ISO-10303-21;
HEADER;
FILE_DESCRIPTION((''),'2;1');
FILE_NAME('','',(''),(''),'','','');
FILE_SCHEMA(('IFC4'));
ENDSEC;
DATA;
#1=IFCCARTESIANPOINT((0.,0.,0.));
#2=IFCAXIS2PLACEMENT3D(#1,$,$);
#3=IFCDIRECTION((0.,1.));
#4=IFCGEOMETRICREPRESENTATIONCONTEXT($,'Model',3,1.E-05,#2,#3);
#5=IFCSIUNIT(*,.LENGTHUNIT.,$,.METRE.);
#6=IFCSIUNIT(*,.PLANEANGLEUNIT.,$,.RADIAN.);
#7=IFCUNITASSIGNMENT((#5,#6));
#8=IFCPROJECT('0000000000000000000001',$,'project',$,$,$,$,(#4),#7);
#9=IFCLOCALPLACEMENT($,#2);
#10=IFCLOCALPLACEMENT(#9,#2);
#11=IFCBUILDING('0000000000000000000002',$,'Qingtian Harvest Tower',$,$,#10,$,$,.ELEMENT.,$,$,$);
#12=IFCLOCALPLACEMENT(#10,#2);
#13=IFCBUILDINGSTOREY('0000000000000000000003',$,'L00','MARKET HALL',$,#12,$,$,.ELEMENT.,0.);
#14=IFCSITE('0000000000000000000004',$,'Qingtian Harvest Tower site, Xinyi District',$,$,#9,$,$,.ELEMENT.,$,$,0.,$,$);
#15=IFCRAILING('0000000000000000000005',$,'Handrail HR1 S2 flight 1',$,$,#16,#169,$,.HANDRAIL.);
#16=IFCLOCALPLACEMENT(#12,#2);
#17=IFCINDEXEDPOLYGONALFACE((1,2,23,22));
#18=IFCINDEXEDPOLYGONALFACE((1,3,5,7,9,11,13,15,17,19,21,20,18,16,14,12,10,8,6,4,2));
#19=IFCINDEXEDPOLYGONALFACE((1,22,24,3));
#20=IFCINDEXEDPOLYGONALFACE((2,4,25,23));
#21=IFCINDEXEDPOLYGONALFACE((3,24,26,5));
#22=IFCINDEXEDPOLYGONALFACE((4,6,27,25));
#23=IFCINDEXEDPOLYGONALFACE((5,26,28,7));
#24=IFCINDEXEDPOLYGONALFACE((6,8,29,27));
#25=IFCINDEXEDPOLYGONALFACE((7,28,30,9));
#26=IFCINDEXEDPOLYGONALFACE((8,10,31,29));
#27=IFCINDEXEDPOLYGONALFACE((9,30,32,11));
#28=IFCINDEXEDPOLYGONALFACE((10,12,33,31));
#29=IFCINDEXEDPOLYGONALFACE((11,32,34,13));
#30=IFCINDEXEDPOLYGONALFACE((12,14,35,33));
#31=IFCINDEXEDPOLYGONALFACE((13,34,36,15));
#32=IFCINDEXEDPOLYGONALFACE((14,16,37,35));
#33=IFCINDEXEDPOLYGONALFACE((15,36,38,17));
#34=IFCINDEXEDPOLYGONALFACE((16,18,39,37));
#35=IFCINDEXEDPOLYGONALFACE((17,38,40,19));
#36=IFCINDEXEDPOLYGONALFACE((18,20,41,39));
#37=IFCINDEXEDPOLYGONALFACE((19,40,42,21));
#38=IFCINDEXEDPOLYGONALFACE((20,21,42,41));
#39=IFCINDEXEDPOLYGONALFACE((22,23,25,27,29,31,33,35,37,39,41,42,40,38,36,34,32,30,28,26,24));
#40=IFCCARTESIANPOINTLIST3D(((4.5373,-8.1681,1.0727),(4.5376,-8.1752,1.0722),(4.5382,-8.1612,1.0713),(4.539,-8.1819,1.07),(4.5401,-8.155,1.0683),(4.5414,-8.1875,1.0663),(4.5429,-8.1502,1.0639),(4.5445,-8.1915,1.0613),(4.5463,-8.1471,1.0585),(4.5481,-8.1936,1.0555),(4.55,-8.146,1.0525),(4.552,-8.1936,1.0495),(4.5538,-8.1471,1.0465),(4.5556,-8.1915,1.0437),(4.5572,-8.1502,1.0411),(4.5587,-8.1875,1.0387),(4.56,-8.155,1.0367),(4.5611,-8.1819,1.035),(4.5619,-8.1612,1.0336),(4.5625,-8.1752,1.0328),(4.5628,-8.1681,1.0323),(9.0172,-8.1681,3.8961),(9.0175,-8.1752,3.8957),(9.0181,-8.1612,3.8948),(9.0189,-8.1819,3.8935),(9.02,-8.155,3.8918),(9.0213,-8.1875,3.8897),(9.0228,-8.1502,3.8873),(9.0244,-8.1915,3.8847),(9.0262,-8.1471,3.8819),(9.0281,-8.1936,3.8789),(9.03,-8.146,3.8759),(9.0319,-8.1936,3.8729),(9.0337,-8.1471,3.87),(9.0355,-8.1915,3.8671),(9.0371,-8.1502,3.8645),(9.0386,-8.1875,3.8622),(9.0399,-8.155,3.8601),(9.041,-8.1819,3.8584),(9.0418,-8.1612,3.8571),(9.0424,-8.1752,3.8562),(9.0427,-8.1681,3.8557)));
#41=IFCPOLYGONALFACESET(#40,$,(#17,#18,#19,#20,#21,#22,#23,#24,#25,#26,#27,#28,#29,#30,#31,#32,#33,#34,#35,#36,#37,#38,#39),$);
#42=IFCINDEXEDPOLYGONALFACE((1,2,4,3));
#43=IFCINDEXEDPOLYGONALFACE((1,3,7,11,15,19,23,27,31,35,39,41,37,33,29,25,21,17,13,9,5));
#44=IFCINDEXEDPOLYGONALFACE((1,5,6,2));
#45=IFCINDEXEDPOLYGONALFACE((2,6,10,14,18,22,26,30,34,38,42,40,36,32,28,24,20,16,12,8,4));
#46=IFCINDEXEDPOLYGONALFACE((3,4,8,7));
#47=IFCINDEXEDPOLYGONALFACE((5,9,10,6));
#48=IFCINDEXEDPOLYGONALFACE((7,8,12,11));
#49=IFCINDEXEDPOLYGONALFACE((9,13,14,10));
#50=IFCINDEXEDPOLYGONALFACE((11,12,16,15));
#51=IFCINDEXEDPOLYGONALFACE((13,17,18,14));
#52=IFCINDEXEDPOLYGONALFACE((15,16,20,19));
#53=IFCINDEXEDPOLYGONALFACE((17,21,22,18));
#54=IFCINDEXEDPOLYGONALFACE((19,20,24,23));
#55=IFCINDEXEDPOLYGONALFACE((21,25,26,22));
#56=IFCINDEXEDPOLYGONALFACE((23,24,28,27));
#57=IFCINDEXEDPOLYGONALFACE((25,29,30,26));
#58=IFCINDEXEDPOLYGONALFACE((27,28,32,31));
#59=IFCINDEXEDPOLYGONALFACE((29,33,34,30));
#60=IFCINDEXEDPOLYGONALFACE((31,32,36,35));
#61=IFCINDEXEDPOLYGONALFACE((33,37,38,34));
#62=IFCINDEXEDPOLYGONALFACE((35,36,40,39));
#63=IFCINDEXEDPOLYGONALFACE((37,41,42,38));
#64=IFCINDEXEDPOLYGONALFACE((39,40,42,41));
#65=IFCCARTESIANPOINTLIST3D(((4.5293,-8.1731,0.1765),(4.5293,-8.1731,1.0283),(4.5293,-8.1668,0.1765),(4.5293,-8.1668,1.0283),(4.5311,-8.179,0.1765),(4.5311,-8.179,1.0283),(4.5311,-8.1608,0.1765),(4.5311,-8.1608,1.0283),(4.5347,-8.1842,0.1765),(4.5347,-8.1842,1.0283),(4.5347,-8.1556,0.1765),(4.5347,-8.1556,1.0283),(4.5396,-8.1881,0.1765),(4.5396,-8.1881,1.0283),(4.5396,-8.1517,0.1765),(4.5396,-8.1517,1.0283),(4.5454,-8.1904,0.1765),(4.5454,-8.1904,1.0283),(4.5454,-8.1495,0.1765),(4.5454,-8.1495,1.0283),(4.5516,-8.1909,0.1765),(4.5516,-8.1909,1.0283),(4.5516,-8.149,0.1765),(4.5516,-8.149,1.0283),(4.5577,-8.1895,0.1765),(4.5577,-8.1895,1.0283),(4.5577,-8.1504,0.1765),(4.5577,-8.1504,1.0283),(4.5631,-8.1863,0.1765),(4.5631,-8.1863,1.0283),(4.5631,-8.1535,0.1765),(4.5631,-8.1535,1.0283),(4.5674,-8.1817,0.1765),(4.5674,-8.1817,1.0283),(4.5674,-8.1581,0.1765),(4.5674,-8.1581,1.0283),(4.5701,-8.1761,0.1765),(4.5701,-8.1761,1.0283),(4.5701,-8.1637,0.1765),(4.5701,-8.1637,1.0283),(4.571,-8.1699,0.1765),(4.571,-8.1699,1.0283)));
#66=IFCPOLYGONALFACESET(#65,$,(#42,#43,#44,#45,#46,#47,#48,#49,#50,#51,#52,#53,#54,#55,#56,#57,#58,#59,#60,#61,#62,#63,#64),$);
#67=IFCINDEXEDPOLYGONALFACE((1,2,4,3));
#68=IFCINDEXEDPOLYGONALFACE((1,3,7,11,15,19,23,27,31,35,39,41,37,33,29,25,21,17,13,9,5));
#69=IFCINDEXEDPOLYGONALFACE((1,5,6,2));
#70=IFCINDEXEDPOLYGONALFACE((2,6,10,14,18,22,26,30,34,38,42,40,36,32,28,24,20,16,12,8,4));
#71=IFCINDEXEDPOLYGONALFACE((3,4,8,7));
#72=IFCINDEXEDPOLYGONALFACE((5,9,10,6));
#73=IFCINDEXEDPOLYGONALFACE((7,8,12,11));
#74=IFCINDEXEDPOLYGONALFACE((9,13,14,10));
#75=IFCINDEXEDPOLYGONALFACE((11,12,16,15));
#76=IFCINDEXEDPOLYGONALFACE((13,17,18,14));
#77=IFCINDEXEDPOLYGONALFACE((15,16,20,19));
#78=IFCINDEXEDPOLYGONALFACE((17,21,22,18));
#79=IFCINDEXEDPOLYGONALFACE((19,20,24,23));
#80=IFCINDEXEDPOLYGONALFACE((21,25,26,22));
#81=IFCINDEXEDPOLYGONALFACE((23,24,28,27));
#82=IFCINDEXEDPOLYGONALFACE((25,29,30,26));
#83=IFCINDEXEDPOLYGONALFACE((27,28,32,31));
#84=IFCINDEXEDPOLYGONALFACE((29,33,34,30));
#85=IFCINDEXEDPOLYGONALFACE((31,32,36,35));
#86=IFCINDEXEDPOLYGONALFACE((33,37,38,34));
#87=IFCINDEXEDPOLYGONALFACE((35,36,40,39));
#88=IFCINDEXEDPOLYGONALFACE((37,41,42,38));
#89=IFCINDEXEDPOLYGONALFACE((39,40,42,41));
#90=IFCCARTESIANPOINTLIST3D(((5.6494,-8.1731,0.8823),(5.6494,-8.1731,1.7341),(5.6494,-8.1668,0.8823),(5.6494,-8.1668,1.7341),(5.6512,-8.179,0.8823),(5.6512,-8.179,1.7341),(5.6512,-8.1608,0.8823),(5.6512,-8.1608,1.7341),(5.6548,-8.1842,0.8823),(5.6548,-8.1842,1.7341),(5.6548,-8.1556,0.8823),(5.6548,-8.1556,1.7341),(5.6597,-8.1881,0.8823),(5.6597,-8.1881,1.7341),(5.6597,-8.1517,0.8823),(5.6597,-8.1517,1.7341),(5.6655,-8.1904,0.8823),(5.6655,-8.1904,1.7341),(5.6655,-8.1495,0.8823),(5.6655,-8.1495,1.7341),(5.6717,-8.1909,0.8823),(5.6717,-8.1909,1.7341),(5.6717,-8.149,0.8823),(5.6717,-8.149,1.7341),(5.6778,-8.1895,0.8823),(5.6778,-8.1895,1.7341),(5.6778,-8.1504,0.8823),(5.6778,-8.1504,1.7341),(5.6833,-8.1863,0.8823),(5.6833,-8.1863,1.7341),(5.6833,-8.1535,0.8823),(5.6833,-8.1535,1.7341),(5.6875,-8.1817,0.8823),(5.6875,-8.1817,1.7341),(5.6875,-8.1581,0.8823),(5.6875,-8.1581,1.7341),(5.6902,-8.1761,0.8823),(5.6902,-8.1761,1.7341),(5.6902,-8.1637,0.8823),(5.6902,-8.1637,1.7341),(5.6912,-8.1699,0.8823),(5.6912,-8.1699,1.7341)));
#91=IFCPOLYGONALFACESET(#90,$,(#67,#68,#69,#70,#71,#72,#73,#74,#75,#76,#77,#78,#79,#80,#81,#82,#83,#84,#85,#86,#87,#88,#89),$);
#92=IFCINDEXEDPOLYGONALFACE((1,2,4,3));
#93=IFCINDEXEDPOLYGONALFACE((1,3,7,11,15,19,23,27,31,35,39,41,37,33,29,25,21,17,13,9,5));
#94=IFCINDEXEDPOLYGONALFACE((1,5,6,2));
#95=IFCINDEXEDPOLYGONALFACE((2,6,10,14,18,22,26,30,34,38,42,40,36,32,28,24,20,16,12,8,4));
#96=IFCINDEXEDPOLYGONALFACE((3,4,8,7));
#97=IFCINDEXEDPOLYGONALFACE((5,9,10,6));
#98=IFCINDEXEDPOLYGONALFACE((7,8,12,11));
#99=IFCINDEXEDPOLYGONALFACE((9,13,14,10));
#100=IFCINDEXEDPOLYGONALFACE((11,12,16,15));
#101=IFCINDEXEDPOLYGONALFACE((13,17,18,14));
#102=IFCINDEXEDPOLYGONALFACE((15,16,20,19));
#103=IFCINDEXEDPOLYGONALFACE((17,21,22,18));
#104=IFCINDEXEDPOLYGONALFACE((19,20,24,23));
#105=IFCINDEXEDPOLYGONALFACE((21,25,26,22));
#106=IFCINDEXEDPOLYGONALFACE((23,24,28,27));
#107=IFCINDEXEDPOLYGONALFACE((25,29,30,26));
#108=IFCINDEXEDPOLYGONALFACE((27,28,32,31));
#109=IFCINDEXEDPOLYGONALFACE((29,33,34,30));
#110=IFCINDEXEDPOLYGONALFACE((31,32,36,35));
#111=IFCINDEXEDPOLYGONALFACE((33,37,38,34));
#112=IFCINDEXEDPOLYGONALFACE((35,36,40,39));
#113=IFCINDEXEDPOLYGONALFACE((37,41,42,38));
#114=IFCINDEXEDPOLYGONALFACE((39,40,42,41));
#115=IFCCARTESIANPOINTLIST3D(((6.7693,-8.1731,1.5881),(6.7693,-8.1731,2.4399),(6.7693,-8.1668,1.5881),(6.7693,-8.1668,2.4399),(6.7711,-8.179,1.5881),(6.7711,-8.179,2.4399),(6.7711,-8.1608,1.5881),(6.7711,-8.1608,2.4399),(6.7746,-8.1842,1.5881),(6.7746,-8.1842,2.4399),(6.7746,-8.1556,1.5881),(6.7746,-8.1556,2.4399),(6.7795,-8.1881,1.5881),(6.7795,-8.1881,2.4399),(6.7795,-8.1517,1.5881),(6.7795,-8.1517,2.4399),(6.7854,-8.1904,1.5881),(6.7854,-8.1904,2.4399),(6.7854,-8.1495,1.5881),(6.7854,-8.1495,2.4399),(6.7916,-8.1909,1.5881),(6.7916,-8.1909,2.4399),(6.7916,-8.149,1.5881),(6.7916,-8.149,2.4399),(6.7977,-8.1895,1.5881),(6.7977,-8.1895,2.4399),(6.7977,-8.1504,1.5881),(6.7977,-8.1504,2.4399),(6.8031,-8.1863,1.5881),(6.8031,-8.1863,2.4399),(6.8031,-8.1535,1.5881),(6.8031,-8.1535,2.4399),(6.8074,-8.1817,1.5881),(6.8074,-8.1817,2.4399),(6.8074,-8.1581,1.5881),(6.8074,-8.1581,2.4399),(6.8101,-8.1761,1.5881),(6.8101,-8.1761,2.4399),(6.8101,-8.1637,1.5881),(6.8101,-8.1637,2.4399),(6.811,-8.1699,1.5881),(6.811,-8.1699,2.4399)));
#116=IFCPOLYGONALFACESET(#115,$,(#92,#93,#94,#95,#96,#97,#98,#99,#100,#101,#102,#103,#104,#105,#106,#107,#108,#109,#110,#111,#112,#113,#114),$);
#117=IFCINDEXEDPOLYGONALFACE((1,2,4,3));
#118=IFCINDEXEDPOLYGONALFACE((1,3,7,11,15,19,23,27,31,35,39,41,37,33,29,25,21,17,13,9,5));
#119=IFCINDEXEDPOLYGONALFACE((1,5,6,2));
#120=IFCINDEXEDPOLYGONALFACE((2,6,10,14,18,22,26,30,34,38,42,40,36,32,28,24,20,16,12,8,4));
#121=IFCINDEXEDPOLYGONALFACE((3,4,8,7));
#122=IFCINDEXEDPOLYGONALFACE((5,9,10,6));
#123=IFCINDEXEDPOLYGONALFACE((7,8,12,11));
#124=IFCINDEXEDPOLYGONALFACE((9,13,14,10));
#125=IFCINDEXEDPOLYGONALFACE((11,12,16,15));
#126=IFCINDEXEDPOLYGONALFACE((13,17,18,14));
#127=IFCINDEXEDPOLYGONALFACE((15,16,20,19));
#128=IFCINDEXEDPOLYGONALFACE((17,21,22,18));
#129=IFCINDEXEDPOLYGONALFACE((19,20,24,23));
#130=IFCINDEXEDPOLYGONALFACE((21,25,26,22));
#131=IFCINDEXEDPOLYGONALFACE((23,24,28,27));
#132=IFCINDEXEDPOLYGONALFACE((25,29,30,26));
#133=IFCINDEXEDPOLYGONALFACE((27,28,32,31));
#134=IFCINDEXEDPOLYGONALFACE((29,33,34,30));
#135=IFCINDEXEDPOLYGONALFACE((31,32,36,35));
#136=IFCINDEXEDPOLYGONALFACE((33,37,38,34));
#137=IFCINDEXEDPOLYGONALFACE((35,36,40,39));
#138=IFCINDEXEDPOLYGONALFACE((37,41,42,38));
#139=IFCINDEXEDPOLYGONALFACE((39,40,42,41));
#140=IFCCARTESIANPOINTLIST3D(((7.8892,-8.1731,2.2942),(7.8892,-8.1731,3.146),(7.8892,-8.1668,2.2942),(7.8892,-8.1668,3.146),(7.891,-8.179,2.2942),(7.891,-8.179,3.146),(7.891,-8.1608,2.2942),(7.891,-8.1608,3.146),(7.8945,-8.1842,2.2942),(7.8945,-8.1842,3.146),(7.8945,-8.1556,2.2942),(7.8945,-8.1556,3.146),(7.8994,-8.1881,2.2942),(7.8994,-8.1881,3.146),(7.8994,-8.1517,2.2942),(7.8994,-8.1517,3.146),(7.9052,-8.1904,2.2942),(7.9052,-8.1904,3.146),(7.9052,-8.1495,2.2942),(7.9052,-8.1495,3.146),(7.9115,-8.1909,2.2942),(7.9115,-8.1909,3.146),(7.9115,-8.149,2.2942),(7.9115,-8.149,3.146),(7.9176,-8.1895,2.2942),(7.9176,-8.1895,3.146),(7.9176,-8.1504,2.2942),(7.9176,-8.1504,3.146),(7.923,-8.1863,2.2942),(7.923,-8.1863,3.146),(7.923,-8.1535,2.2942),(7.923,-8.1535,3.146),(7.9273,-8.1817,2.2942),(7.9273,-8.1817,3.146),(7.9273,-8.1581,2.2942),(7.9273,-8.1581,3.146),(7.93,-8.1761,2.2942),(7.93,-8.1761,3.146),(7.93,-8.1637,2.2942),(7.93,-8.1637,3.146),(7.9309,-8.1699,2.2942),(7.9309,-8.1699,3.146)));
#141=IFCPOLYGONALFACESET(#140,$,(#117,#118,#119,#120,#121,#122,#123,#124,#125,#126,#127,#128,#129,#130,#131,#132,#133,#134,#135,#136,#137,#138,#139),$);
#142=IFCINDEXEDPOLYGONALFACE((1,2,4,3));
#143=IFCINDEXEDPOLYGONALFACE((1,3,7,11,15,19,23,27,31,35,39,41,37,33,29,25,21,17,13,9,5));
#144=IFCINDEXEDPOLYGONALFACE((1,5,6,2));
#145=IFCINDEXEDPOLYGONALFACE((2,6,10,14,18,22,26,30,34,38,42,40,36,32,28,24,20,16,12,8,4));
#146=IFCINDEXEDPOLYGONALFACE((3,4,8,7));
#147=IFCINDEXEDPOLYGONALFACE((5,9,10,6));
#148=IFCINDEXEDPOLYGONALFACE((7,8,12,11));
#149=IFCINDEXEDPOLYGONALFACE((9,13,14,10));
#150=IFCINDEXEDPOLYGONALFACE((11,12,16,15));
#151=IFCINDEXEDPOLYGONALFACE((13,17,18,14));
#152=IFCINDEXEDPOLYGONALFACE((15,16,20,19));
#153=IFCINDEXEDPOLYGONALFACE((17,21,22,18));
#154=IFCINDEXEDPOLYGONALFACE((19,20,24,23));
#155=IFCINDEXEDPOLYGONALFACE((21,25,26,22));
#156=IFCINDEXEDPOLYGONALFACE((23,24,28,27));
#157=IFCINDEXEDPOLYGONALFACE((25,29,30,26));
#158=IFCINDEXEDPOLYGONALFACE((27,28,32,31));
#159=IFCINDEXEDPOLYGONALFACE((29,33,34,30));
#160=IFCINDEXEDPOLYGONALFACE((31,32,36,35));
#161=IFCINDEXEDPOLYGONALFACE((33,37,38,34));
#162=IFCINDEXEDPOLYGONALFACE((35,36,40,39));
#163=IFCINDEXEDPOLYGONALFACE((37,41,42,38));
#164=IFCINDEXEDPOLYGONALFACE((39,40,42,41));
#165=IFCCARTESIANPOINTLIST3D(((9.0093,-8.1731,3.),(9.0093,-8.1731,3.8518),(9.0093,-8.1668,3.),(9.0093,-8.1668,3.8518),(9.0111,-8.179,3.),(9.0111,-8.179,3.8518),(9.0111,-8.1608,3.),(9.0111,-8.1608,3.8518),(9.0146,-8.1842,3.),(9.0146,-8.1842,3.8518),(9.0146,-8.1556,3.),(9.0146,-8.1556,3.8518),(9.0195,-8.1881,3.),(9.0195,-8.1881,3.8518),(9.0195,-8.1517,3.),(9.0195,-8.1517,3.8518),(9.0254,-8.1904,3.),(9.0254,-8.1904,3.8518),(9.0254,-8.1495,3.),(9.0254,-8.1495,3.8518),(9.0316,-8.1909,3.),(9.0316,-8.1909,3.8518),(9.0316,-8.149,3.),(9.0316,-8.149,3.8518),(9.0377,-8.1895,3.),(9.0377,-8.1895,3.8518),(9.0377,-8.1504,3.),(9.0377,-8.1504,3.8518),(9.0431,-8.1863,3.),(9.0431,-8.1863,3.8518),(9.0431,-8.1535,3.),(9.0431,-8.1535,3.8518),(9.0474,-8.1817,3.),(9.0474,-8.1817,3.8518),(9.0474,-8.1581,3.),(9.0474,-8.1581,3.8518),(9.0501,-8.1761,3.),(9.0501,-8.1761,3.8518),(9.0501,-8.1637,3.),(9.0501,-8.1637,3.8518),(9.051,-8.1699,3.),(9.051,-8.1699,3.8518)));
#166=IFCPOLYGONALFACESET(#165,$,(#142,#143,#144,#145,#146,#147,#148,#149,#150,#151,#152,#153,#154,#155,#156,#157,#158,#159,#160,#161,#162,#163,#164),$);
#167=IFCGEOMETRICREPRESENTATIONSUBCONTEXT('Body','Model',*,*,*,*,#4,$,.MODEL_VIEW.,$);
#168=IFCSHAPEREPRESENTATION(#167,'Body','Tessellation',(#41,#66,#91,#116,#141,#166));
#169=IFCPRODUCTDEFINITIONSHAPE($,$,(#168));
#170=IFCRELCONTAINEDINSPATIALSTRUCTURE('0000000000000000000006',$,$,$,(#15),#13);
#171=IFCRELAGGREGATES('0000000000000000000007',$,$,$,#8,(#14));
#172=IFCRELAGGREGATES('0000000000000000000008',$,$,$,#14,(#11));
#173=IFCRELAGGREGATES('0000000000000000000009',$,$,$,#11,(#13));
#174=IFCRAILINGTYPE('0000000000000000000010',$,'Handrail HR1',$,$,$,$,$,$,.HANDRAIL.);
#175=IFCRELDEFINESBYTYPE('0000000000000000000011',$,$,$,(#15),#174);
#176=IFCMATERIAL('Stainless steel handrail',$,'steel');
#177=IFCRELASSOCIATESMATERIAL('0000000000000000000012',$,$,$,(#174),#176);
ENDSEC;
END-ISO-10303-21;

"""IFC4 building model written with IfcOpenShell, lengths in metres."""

from ifc_helpers import new_model, si_unit, direction, frame, origin, origin_2d, place, context, subcontext, project, spatial, circle, extrude, material, type_object, element, save


model = new_model("IFC4")

# Units and contexts
model_context = context("Model", 3, precision=1e-05, world=origin(), true_north=direction((0.0, 1.0)))
body_context = subcontext(model_context, "Body", "Model", "MODEL_VIEW")
ifc_project = project(units=[si_unit("LENGTHUNIT", "METRE"), si_unit("PLANEANGLEUNIT", "RADIAN")], contexts=[model_context])

# Site, building, storey
site_placement = place(None, origin())
site = spatial("IfcSite", under=ifc_project, at=site_placement, Name="Qingtian Harvest Tower site, Xinyi District", CompositionType="ELEMENT", RefElevation=0.0)
building_placement = place(site_placement, origin())
building = spatial("IfcBuilding", under=site, at=building_placement, Name="Qingtian Harvest Tower", CompositionType="ELEMENT")
storey_placement = place(building_placement, origin())
storey = spatial("IfcBuildingStorey", under=building, at=storey_placement, Name="L00", Description="MARKET HALL", CompositionType="ELEMENT", Elevation=0.0)

# Railing
ifc_material_1 = material(Name="Stainless steel handrail", Category="steel")
railing_type = type_object("IfcRailingType", Name="Handrail HR1", PredefinedType="HANDRAIL", material=ifc_material_1)
railing_1_placement = place(storey_placement, frame((4.55, -8.1699, 0.1765)))
element("IfcRailing", 1, at=railing_1_placement, inside=storey, type_object=railing_type, Name="Handrail HR1 S2 flight 1", PredefinedType="HANDRAIL", context=body_context, shape_type="SweptSolid", body=[
    extrude(circle(Radius=0.0239, at=origin_2d()), frame((0.0, 0.0, 0.876), z_axis=(0.845998, 0.0, 0.533186), x_axis=(0.0, 1.0, 0.0)), (0.0, 0.0, 1.0), 5.2954),
    extrude(circle(Radius=0.021, at=origin_2d()), origin(), (0.0, 0.0, 1.0), 0.8518),
    extrude(circle(Radius=0.021, at=origin_2d()), frame((1.1201, 0.0, 0.7058)), (0.0, 0.0, 1.0), 0.8518),
    extrude(circle(Radius=0.021, at=origin_2d()), frame((2.24, 0.0, 1.4116)), (0.0, 0.0, 1.0), 0.8518),
    extrude(circle(Radius=0.021, at=origin_2d()), frame((3.3599, 0.0, 2.1177)), (0.0, 0.0, 1.0), 0.8518),
    extrude(circle(Radius=0.021, at=origin_2d()), frame((4.48, 0.0, 2.8235)), (0.0, 0.0, 1.0), 0.8518),
])

save(model, "model.ifc")
